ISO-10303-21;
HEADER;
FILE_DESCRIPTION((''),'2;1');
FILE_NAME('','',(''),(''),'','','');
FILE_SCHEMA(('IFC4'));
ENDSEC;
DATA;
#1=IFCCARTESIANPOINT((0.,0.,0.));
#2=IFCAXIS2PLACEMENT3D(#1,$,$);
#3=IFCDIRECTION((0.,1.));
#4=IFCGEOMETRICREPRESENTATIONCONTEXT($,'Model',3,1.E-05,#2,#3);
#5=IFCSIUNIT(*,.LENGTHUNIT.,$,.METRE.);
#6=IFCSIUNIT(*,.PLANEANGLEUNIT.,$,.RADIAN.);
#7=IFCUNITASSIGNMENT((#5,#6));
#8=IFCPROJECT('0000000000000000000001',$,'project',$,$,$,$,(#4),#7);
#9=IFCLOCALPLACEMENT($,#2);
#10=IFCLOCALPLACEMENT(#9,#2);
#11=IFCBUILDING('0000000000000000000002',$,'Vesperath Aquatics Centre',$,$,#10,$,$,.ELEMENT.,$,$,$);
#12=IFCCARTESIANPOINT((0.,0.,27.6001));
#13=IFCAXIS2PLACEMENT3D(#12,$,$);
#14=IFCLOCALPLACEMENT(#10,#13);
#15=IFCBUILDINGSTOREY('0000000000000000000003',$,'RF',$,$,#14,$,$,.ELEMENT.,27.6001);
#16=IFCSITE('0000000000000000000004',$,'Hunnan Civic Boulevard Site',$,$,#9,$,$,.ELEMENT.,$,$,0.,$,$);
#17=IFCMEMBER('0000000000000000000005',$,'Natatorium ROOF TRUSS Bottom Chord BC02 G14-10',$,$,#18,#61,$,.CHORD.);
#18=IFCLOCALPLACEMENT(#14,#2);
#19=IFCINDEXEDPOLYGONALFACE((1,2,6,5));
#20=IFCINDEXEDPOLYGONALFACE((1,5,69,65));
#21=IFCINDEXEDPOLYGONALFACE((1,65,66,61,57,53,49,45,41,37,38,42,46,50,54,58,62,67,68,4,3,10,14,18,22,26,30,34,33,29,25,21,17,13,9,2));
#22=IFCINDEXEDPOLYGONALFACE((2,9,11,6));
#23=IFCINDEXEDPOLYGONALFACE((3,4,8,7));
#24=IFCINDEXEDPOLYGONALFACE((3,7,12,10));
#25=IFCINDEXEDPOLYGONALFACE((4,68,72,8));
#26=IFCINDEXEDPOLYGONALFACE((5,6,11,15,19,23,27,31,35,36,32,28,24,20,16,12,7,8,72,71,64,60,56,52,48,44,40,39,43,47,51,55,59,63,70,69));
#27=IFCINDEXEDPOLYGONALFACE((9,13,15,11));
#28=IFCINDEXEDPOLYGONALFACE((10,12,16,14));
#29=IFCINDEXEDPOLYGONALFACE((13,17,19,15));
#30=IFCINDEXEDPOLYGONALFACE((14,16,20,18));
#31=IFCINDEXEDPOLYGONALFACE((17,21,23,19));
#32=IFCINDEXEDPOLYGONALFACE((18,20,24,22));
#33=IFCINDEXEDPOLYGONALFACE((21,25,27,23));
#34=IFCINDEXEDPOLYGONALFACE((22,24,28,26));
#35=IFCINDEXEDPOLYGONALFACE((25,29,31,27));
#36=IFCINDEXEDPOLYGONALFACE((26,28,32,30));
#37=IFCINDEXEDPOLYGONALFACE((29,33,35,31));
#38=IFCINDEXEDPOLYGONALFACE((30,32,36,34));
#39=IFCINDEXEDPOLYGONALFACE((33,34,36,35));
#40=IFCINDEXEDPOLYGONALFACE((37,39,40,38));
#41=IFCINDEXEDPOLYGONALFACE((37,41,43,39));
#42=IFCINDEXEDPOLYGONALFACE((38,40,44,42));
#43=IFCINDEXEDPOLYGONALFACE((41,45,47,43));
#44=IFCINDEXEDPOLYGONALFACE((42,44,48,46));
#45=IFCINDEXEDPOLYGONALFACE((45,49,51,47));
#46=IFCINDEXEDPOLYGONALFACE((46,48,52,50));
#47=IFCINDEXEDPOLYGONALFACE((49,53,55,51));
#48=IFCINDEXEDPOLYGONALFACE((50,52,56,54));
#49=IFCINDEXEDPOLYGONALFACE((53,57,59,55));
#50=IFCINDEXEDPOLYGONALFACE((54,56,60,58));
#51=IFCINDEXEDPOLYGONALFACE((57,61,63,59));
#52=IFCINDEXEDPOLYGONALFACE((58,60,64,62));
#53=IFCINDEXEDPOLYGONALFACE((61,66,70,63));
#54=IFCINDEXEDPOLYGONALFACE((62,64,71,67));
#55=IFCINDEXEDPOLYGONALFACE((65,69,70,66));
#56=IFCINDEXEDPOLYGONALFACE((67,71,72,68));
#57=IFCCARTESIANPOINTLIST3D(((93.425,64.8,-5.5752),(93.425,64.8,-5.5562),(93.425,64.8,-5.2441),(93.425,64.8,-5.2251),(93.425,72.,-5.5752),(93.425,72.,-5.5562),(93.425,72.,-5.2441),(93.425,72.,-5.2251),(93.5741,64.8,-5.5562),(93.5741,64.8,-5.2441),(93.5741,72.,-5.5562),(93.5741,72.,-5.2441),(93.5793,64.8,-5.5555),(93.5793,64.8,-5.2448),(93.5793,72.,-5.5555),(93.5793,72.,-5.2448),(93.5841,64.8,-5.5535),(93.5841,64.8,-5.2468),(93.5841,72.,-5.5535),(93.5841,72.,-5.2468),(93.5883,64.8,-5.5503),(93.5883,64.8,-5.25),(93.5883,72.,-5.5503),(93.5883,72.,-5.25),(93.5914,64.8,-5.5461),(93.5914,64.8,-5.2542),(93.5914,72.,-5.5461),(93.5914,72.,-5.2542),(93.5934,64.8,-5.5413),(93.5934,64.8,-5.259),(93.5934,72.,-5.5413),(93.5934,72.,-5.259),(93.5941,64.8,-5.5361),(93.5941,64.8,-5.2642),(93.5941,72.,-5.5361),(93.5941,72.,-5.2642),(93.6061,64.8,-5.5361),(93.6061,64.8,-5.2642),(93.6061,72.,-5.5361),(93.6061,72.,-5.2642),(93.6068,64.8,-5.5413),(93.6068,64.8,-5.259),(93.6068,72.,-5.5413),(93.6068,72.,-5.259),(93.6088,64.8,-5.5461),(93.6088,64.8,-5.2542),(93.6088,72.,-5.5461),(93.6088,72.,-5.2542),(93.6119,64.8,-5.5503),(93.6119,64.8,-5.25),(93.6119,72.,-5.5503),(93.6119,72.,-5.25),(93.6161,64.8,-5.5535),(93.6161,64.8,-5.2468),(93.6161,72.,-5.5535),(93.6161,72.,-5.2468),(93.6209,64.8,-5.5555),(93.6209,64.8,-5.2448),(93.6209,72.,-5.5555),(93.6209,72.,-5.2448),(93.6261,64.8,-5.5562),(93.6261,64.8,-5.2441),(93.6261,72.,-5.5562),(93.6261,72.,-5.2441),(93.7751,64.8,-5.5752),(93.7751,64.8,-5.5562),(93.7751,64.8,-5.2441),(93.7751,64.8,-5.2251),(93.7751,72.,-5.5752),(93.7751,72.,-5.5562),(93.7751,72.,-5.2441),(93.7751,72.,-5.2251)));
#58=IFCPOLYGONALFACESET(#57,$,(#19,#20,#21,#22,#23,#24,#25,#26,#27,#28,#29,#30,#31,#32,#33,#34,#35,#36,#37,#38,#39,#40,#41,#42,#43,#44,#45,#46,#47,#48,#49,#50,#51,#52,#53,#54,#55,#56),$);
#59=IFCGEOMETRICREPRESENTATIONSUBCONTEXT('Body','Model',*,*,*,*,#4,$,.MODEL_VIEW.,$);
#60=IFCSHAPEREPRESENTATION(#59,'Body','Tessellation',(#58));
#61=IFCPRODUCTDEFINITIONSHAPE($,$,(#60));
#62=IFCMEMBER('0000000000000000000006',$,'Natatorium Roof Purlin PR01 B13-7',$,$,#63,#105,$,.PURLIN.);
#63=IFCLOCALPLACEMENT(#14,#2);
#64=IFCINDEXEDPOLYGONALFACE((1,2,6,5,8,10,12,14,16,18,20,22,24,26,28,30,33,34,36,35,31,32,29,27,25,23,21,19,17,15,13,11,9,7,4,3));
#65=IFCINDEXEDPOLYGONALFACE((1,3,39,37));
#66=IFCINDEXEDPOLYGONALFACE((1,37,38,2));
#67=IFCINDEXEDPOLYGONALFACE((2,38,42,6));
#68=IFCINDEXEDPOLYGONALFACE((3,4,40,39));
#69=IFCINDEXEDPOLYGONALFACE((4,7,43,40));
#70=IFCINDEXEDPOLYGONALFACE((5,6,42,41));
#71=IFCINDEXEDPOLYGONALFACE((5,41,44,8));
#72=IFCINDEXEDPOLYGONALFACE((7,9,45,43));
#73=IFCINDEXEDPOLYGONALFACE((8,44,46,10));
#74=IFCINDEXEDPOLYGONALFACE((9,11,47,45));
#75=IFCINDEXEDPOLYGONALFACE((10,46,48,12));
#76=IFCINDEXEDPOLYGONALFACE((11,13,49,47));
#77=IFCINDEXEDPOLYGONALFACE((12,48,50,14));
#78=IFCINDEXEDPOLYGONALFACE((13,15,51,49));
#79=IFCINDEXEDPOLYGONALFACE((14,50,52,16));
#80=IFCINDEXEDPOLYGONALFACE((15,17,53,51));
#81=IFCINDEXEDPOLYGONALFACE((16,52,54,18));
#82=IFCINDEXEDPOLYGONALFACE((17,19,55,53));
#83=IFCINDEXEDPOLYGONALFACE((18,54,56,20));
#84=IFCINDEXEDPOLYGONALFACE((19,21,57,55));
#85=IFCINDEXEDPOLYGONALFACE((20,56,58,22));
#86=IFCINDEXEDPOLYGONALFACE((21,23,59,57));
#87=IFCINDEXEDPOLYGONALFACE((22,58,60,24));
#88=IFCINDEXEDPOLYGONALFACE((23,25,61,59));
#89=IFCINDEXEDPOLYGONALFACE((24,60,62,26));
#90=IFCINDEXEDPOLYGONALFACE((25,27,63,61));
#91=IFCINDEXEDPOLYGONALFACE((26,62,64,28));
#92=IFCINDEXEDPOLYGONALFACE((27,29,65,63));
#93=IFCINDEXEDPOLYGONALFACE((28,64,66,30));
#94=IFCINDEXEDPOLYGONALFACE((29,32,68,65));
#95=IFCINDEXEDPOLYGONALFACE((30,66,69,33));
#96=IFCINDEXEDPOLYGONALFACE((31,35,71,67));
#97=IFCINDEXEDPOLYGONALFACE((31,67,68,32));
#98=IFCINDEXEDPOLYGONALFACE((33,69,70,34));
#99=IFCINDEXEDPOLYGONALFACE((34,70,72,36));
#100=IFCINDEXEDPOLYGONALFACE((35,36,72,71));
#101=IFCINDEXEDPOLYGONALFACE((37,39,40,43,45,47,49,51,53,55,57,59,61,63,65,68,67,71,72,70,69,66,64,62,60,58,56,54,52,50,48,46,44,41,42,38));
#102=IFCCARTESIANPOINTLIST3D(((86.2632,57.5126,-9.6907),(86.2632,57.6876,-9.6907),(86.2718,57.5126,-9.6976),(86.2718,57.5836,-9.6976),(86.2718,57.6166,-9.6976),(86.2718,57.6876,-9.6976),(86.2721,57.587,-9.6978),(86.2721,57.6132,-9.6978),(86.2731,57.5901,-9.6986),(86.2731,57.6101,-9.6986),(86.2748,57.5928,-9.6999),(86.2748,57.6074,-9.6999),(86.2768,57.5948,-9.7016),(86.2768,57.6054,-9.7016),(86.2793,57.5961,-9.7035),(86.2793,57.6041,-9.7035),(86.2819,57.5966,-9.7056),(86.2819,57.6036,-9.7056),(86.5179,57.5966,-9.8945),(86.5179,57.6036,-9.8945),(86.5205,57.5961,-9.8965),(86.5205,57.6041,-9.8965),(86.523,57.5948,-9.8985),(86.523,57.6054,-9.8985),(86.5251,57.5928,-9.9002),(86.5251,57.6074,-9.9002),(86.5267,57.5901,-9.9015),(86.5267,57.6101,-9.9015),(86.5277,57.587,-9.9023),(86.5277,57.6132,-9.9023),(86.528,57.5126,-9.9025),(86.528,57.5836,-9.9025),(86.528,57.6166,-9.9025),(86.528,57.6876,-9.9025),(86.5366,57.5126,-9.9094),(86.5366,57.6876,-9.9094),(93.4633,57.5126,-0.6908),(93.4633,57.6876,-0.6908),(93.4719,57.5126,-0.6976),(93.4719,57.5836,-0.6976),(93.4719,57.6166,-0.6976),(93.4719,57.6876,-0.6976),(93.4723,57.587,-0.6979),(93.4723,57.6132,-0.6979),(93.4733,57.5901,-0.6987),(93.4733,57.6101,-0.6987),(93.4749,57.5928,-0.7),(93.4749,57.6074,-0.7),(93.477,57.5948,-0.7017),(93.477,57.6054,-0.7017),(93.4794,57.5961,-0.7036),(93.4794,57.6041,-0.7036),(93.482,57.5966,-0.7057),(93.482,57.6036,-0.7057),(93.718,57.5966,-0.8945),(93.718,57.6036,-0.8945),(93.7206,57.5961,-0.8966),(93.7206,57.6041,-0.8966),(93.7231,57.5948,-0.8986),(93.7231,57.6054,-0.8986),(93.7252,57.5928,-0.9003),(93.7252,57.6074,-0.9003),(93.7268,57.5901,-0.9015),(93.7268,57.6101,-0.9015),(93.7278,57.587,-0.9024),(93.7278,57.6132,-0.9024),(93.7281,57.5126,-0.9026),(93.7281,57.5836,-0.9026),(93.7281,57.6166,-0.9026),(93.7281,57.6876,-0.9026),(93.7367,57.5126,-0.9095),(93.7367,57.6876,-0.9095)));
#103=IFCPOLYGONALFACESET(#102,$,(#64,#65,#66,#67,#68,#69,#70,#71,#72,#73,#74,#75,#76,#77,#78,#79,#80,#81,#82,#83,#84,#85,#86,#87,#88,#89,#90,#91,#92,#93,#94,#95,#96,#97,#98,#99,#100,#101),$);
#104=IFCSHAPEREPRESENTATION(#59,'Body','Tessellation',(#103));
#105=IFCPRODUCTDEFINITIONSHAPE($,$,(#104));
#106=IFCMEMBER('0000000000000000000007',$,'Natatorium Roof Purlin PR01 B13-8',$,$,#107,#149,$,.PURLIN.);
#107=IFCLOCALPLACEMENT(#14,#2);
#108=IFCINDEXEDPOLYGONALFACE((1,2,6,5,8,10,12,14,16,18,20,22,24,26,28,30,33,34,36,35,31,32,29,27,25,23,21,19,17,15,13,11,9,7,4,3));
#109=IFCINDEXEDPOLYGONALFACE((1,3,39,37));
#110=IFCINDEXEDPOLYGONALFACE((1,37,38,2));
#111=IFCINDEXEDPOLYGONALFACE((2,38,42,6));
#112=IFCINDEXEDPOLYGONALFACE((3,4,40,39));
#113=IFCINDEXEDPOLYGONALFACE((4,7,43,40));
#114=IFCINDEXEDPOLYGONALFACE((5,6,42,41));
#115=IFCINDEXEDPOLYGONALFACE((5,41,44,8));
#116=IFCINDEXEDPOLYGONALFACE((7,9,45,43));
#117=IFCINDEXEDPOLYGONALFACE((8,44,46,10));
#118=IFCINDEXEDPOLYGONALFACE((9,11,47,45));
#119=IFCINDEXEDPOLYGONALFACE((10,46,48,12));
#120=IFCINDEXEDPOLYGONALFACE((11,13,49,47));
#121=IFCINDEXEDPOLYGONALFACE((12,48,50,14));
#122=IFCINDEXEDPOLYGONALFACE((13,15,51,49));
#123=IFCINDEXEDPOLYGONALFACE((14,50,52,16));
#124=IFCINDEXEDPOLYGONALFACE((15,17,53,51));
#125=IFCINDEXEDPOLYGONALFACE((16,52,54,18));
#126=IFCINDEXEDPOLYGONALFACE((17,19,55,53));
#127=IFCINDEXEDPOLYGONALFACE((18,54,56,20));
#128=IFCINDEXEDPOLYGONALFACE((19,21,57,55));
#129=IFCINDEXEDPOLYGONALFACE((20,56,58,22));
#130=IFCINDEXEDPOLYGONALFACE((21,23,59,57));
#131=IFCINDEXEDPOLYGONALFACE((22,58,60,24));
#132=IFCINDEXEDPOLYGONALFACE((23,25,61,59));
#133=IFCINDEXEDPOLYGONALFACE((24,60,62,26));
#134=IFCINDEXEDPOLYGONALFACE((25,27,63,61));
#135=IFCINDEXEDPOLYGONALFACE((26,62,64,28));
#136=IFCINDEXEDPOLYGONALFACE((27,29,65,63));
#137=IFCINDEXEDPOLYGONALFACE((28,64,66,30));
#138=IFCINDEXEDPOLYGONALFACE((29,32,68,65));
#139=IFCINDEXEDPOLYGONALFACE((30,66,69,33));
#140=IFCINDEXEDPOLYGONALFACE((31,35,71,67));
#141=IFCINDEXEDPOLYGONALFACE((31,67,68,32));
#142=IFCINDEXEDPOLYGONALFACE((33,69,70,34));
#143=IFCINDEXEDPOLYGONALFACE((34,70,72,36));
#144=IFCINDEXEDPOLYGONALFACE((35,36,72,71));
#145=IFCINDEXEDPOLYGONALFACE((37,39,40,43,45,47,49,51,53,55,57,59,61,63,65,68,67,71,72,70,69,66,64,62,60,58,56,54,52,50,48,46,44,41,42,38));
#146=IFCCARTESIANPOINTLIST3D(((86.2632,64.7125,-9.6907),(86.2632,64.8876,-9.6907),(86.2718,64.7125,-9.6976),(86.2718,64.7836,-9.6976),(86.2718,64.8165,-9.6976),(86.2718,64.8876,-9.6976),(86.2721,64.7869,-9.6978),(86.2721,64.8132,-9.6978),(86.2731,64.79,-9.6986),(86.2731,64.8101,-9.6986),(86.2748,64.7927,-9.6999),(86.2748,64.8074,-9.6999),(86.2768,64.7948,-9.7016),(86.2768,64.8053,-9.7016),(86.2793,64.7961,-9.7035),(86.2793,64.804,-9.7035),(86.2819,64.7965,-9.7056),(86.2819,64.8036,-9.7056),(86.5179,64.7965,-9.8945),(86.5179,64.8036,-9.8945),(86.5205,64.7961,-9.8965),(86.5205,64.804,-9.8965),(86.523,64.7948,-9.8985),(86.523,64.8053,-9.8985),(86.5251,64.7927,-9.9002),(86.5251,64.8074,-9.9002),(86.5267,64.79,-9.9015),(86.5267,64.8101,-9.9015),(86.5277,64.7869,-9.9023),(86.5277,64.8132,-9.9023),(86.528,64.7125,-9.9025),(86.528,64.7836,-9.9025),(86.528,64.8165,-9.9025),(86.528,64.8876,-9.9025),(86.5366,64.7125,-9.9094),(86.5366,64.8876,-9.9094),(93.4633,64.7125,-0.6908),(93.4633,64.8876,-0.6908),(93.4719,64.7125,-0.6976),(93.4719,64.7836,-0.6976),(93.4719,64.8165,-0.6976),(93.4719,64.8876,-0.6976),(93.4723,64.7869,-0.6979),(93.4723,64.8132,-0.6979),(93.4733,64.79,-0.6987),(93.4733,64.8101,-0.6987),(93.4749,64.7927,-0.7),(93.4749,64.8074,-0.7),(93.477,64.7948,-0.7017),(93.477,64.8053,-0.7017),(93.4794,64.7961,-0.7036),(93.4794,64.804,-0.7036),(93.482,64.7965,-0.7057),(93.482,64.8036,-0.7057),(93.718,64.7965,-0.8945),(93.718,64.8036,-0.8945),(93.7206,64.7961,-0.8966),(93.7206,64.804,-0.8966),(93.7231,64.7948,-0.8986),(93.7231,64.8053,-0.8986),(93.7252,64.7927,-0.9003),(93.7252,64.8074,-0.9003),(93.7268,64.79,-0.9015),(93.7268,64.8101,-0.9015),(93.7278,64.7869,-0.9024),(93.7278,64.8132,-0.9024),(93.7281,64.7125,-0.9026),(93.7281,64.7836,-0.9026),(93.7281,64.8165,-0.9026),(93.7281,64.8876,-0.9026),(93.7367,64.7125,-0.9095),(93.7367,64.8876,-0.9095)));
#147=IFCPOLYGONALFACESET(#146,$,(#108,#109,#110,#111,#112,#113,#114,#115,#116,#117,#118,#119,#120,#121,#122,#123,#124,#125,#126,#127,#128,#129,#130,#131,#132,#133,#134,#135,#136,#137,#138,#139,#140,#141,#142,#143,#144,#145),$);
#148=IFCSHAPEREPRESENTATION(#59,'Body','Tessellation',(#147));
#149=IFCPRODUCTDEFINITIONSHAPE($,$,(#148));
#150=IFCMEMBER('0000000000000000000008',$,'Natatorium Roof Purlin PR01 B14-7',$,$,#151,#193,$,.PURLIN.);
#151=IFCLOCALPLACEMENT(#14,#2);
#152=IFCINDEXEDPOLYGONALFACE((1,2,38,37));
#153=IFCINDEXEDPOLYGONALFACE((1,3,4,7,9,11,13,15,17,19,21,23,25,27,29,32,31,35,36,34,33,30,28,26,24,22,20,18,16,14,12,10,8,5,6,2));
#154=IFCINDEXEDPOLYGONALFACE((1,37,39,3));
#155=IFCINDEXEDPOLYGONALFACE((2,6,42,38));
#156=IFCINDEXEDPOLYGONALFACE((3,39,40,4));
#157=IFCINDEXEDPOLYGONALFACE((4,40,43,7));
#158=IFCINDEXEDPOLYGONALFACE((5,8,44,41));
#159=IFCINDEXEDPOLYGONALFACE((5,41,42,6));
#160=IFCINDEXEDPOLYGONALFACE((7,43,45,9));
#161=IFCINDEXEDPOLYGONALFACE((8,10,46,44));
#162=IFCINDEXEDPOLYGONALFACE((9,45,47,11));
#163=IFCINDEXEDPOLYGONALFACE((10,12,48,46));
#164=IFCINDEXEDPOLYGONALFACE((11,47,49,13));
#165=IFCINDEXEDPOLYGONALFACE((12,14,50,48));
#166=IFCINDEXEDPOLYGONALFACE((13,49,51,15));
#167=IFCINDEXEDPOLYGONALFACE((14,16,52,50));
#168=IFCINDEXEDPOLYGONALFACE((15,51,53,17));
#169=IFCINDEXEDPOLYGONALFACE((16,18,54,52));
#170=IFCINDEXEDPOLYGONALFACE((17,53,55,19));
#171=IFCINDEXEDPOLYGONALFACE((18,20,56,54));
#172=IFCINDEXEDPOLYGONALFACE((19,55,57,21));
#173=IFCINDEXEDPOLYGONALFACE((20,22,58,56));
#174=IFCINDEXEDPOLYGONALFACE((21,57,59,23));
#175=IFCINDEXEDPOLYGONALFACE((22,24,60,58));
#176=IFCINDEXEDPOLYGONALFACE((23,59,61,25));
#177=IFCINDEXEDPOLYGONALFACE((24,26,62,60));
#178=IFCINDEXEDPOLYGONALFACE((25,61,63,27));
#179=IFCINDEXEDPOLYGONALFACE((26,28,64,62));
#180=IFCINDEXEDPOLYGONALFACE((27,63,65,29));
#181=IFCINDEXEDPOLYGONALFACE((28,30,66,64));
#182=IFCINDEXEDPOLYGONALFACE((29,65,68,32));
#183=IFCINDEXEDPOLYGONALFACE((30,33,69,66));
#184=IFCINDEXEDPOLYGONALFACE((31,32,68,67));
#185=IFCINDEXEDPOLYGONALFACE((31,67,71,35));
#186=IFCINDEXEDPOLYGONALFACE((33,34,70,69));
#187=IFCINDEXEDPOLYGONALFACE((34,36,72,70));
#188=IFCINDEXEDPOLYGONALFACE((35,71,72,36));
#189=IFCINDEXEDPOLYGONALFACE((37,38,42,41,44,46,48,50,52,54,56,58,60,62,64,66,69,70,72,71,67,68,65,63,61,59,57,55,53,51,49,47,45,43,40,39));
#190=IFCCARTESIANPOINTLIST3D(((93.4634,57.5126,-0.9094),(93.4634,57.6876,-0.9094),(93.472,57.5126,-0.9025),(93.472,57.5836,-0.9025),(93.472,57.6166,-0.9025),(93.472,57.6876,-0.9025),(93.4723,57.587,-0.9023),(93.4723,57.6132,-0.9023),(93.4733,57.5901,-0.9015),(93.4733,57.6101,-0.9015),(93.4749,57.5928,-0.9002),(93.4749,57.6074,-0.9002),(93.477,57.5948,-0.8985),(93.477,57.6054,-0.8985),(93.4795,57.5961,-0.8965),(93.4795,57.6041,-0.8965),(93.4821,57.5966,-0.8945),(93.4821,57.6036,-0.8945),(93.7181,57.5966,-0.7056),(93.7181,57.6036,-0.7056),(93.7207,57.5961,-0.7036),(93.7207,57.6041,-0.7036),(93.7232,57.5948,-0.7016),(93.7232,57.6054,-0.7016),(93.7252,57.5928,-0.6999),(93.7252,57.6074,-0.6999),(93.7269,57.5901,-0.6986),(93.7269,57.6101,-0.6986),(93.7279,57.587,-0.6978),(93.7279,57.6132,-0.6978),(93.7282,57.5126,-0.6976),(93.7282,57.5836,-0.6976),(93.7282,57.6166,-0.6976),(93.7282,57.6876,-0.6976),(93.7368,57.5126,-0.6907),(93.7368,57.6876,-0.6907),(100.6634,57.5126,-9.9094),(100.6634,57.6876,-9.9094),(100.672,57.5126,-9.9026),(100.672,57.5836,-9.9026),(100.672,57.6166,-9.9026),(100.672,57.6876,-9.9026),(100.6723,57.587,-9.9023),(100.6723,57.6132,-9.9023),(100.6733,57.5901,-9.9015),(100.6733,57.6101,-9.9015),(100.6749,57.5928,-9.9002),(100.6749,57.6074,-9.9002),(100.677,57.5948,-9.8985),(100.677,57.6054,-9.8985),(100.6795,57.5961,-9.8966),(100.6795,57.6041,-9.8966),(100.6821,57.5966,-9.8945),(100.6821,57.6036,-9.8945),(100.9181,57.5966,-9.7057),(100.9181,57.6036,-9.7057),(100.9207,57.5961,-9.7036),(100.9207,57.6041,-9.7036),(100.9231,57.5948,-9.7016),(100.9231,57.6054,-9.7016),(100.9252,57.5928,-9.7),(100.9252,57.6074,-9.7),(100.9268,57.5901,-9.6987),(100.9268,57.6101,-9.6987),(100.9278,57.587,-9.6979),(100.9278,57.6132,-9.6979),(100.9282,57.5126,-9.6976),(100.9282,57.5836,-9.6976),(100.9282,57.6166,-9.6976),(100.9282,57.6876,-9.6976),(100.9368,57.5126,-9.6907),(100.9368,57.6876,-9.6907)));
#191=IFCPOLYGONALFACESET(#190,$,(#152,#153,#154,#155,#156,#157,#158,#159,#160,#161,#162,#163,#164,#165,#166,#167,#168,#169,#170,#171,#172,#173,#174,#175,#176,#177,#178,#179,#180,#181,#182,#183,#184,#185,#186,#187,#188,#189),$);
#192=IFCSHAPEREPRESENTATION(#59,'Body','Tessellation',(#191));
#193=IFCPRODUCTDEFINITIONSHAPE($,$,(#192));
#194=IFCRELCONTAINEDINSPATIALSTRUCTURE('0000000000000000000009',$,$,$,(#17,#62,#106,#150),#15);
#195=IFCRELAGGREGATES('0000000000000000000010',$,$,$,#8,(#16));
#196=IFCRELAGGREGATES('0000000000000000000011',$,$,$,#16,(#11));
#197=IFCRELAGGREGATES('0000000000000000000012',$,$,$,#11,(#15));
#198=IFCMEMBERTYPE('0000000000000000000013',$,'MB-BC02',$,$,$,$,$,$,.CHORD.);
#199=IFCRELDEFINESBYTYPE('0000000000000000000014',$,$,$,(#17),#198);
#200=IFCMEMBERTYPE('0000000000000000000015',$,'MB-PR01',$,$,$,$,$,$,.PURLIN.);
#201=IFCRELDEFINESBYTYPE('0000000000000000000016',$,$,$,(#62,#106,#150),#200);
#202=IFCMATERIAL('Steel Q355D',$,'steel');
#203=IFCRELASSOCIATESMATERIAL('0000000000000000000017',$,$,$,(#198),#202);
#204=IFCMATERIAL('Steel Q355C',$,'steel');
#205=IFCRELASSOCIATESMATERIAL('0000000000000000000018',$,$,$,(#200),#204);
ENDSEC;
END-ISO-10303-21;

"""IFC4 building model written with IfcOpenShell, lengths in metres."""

from ifc_helpers import new_model, si_unit, direction, frame, origin, origin_2d, place, context, subcontext, project, spatial, i_section, extrude, material, material_profile, profile_set, type_object, element, save


model = new_model("IFC4")

# Units and contexts
model_context = context("Model", 3, precision=1e-05, world=origin(), true_north=direction((0.0, 1.0)))
body_context = subcontext(model_context, "Body", "Model", "MODEL_VIEW")
ifc_project = project(units=[si_unit("LENGTHUNIT", "METRE"), si_unit("PLANEANGLEUNIT", "RADIAN")], contexts=[model_context])

# Site, building, storey
site_placement = place(None, origin())
site = spatial("IfcSite", under=ifc_project, at=site_placement, Name="Hunnan Civic Boulevard Site", CompositionType="ELEMENT", RefElevation=0.0)
building_placement = place(site_placement, origin())
building = spatial("IfcBuilding", under=site, at=building_placement, Name="Vesperath Aquatics Centre", CompositionType="ELEMENT")
storey_placement = place(building_placement, frame((0.0, 0.0, 27.6001)))
storey = spatial("IfcBuildingStorey", under=building, at=storey_placement, Name="RF", CompositionType="ELEMENT", Elevation=27.6001)

# Shared definitions
ifc_material_1 = material(Name="Steel Q355C", Category="steel")
ifc_material_2 = material(Name="Steel Q355D", Category="steel")

# Members
ifc_material_profile_1 = material_profile(ifc_material_2, i_section(OverallWidth=0.3501, OverallDepth=0.3501, WebThickness=0.012, FlangeThickness=0.019, FilletRadius=0.02, at=origin_2d()), Name="HW 350x350x12x19")
ifc_profile_set_1 = profile_set([ifc_material_profile_1], Name="Steel Q355D")
member_type_1 = type_object("IfcMemberType", Name="MB-BC02", PredefinedType="CHORD", material=ifc_profile_set_1)
for number, where, z_axis, x_axis, name in (
    (1, (93.6001, 64.8, -5.4001), (0.0, 1.0, 0.0), (-1.0, 0.0, 0.0), "Natatorium ROOF TRUSS Bottom Chord BC02 G14-10"),
):
    element("IfcMember", number, at=place(storey_placement, frame(where, z_axis=z_axis, x_axis=x_axis)), inside=storey, type_object=member_type_1, Name=name, PredefinedType="CHORD", context=body_context, shape_type="SweptSolid", body=[
        extrude(i_section(OverallWidth=0.3501, OverallDepth=0.3501, WebThickness=0.012, FlangeThickness=0.019, FilletRadius=0.02, at=origin_2d()), origin(), (0.0, 0.0, 1.0), 7.2),
    ])
ifc_material_profile_2 = material_profile(ifc_material_1, i_section(OverallWidth=0.175, OverallDepth=0.3501, WebThickness=0.0071, FlangeThickness=0.011, FilletRadius=0.0129, at=origin_2d()), Name="HN 350x175x7x11")
ifc_profile_set_2 = profile_set([ifc_material_profile_2], Name="Steel Q355C")
member_type_2 = type_object("IfcMemberType", Name="MB-PR01", PredefinedType="PURLIN", material=ifc_profile_set_2)
for number, where, z_axis, x_axis, name in (
    (2, (86.3999, 57.6001, -9.8), (0.624705, 0.0, 0.780861), (0.0, 1.0, 0.0), "Natatorium Roof Purlin PR01 B13-7"),
    (3, (86.3999, 64.8, -9.8), (0.624705, 0.0, 0.780861), (0.0, 1.0, 0.0), "Natatorium Roof Purlin PR01 B13-8"),
    (4, (93.6001, 57.6001, -0.8), (0.624692, 0.0, -0.780871), (0.0, 1.0, 0.0), "Natatorium Roof Purlin PR01 B14-7"),
):
    element("IfcMember", number, at=place(storey_placement, frame(where, z_axis=z_axis, x_axis=x_axis)), inside=storey, type_object=member_type_2, Name=name, PredefinedType="PURLIN", context=body_context, shape_type="SweptSolid", body=[
        extrude(i_section(OverallWidth=0.175, OverallDepth=0.3501, WebThickness=0.0071, FlangeThickness=0.011, FilletRadius=0.0129, at=origin_2d()), origin(), (0.0, 0.0, 1.0), 11.5256),
    ])

save(model, "model.ifc")
